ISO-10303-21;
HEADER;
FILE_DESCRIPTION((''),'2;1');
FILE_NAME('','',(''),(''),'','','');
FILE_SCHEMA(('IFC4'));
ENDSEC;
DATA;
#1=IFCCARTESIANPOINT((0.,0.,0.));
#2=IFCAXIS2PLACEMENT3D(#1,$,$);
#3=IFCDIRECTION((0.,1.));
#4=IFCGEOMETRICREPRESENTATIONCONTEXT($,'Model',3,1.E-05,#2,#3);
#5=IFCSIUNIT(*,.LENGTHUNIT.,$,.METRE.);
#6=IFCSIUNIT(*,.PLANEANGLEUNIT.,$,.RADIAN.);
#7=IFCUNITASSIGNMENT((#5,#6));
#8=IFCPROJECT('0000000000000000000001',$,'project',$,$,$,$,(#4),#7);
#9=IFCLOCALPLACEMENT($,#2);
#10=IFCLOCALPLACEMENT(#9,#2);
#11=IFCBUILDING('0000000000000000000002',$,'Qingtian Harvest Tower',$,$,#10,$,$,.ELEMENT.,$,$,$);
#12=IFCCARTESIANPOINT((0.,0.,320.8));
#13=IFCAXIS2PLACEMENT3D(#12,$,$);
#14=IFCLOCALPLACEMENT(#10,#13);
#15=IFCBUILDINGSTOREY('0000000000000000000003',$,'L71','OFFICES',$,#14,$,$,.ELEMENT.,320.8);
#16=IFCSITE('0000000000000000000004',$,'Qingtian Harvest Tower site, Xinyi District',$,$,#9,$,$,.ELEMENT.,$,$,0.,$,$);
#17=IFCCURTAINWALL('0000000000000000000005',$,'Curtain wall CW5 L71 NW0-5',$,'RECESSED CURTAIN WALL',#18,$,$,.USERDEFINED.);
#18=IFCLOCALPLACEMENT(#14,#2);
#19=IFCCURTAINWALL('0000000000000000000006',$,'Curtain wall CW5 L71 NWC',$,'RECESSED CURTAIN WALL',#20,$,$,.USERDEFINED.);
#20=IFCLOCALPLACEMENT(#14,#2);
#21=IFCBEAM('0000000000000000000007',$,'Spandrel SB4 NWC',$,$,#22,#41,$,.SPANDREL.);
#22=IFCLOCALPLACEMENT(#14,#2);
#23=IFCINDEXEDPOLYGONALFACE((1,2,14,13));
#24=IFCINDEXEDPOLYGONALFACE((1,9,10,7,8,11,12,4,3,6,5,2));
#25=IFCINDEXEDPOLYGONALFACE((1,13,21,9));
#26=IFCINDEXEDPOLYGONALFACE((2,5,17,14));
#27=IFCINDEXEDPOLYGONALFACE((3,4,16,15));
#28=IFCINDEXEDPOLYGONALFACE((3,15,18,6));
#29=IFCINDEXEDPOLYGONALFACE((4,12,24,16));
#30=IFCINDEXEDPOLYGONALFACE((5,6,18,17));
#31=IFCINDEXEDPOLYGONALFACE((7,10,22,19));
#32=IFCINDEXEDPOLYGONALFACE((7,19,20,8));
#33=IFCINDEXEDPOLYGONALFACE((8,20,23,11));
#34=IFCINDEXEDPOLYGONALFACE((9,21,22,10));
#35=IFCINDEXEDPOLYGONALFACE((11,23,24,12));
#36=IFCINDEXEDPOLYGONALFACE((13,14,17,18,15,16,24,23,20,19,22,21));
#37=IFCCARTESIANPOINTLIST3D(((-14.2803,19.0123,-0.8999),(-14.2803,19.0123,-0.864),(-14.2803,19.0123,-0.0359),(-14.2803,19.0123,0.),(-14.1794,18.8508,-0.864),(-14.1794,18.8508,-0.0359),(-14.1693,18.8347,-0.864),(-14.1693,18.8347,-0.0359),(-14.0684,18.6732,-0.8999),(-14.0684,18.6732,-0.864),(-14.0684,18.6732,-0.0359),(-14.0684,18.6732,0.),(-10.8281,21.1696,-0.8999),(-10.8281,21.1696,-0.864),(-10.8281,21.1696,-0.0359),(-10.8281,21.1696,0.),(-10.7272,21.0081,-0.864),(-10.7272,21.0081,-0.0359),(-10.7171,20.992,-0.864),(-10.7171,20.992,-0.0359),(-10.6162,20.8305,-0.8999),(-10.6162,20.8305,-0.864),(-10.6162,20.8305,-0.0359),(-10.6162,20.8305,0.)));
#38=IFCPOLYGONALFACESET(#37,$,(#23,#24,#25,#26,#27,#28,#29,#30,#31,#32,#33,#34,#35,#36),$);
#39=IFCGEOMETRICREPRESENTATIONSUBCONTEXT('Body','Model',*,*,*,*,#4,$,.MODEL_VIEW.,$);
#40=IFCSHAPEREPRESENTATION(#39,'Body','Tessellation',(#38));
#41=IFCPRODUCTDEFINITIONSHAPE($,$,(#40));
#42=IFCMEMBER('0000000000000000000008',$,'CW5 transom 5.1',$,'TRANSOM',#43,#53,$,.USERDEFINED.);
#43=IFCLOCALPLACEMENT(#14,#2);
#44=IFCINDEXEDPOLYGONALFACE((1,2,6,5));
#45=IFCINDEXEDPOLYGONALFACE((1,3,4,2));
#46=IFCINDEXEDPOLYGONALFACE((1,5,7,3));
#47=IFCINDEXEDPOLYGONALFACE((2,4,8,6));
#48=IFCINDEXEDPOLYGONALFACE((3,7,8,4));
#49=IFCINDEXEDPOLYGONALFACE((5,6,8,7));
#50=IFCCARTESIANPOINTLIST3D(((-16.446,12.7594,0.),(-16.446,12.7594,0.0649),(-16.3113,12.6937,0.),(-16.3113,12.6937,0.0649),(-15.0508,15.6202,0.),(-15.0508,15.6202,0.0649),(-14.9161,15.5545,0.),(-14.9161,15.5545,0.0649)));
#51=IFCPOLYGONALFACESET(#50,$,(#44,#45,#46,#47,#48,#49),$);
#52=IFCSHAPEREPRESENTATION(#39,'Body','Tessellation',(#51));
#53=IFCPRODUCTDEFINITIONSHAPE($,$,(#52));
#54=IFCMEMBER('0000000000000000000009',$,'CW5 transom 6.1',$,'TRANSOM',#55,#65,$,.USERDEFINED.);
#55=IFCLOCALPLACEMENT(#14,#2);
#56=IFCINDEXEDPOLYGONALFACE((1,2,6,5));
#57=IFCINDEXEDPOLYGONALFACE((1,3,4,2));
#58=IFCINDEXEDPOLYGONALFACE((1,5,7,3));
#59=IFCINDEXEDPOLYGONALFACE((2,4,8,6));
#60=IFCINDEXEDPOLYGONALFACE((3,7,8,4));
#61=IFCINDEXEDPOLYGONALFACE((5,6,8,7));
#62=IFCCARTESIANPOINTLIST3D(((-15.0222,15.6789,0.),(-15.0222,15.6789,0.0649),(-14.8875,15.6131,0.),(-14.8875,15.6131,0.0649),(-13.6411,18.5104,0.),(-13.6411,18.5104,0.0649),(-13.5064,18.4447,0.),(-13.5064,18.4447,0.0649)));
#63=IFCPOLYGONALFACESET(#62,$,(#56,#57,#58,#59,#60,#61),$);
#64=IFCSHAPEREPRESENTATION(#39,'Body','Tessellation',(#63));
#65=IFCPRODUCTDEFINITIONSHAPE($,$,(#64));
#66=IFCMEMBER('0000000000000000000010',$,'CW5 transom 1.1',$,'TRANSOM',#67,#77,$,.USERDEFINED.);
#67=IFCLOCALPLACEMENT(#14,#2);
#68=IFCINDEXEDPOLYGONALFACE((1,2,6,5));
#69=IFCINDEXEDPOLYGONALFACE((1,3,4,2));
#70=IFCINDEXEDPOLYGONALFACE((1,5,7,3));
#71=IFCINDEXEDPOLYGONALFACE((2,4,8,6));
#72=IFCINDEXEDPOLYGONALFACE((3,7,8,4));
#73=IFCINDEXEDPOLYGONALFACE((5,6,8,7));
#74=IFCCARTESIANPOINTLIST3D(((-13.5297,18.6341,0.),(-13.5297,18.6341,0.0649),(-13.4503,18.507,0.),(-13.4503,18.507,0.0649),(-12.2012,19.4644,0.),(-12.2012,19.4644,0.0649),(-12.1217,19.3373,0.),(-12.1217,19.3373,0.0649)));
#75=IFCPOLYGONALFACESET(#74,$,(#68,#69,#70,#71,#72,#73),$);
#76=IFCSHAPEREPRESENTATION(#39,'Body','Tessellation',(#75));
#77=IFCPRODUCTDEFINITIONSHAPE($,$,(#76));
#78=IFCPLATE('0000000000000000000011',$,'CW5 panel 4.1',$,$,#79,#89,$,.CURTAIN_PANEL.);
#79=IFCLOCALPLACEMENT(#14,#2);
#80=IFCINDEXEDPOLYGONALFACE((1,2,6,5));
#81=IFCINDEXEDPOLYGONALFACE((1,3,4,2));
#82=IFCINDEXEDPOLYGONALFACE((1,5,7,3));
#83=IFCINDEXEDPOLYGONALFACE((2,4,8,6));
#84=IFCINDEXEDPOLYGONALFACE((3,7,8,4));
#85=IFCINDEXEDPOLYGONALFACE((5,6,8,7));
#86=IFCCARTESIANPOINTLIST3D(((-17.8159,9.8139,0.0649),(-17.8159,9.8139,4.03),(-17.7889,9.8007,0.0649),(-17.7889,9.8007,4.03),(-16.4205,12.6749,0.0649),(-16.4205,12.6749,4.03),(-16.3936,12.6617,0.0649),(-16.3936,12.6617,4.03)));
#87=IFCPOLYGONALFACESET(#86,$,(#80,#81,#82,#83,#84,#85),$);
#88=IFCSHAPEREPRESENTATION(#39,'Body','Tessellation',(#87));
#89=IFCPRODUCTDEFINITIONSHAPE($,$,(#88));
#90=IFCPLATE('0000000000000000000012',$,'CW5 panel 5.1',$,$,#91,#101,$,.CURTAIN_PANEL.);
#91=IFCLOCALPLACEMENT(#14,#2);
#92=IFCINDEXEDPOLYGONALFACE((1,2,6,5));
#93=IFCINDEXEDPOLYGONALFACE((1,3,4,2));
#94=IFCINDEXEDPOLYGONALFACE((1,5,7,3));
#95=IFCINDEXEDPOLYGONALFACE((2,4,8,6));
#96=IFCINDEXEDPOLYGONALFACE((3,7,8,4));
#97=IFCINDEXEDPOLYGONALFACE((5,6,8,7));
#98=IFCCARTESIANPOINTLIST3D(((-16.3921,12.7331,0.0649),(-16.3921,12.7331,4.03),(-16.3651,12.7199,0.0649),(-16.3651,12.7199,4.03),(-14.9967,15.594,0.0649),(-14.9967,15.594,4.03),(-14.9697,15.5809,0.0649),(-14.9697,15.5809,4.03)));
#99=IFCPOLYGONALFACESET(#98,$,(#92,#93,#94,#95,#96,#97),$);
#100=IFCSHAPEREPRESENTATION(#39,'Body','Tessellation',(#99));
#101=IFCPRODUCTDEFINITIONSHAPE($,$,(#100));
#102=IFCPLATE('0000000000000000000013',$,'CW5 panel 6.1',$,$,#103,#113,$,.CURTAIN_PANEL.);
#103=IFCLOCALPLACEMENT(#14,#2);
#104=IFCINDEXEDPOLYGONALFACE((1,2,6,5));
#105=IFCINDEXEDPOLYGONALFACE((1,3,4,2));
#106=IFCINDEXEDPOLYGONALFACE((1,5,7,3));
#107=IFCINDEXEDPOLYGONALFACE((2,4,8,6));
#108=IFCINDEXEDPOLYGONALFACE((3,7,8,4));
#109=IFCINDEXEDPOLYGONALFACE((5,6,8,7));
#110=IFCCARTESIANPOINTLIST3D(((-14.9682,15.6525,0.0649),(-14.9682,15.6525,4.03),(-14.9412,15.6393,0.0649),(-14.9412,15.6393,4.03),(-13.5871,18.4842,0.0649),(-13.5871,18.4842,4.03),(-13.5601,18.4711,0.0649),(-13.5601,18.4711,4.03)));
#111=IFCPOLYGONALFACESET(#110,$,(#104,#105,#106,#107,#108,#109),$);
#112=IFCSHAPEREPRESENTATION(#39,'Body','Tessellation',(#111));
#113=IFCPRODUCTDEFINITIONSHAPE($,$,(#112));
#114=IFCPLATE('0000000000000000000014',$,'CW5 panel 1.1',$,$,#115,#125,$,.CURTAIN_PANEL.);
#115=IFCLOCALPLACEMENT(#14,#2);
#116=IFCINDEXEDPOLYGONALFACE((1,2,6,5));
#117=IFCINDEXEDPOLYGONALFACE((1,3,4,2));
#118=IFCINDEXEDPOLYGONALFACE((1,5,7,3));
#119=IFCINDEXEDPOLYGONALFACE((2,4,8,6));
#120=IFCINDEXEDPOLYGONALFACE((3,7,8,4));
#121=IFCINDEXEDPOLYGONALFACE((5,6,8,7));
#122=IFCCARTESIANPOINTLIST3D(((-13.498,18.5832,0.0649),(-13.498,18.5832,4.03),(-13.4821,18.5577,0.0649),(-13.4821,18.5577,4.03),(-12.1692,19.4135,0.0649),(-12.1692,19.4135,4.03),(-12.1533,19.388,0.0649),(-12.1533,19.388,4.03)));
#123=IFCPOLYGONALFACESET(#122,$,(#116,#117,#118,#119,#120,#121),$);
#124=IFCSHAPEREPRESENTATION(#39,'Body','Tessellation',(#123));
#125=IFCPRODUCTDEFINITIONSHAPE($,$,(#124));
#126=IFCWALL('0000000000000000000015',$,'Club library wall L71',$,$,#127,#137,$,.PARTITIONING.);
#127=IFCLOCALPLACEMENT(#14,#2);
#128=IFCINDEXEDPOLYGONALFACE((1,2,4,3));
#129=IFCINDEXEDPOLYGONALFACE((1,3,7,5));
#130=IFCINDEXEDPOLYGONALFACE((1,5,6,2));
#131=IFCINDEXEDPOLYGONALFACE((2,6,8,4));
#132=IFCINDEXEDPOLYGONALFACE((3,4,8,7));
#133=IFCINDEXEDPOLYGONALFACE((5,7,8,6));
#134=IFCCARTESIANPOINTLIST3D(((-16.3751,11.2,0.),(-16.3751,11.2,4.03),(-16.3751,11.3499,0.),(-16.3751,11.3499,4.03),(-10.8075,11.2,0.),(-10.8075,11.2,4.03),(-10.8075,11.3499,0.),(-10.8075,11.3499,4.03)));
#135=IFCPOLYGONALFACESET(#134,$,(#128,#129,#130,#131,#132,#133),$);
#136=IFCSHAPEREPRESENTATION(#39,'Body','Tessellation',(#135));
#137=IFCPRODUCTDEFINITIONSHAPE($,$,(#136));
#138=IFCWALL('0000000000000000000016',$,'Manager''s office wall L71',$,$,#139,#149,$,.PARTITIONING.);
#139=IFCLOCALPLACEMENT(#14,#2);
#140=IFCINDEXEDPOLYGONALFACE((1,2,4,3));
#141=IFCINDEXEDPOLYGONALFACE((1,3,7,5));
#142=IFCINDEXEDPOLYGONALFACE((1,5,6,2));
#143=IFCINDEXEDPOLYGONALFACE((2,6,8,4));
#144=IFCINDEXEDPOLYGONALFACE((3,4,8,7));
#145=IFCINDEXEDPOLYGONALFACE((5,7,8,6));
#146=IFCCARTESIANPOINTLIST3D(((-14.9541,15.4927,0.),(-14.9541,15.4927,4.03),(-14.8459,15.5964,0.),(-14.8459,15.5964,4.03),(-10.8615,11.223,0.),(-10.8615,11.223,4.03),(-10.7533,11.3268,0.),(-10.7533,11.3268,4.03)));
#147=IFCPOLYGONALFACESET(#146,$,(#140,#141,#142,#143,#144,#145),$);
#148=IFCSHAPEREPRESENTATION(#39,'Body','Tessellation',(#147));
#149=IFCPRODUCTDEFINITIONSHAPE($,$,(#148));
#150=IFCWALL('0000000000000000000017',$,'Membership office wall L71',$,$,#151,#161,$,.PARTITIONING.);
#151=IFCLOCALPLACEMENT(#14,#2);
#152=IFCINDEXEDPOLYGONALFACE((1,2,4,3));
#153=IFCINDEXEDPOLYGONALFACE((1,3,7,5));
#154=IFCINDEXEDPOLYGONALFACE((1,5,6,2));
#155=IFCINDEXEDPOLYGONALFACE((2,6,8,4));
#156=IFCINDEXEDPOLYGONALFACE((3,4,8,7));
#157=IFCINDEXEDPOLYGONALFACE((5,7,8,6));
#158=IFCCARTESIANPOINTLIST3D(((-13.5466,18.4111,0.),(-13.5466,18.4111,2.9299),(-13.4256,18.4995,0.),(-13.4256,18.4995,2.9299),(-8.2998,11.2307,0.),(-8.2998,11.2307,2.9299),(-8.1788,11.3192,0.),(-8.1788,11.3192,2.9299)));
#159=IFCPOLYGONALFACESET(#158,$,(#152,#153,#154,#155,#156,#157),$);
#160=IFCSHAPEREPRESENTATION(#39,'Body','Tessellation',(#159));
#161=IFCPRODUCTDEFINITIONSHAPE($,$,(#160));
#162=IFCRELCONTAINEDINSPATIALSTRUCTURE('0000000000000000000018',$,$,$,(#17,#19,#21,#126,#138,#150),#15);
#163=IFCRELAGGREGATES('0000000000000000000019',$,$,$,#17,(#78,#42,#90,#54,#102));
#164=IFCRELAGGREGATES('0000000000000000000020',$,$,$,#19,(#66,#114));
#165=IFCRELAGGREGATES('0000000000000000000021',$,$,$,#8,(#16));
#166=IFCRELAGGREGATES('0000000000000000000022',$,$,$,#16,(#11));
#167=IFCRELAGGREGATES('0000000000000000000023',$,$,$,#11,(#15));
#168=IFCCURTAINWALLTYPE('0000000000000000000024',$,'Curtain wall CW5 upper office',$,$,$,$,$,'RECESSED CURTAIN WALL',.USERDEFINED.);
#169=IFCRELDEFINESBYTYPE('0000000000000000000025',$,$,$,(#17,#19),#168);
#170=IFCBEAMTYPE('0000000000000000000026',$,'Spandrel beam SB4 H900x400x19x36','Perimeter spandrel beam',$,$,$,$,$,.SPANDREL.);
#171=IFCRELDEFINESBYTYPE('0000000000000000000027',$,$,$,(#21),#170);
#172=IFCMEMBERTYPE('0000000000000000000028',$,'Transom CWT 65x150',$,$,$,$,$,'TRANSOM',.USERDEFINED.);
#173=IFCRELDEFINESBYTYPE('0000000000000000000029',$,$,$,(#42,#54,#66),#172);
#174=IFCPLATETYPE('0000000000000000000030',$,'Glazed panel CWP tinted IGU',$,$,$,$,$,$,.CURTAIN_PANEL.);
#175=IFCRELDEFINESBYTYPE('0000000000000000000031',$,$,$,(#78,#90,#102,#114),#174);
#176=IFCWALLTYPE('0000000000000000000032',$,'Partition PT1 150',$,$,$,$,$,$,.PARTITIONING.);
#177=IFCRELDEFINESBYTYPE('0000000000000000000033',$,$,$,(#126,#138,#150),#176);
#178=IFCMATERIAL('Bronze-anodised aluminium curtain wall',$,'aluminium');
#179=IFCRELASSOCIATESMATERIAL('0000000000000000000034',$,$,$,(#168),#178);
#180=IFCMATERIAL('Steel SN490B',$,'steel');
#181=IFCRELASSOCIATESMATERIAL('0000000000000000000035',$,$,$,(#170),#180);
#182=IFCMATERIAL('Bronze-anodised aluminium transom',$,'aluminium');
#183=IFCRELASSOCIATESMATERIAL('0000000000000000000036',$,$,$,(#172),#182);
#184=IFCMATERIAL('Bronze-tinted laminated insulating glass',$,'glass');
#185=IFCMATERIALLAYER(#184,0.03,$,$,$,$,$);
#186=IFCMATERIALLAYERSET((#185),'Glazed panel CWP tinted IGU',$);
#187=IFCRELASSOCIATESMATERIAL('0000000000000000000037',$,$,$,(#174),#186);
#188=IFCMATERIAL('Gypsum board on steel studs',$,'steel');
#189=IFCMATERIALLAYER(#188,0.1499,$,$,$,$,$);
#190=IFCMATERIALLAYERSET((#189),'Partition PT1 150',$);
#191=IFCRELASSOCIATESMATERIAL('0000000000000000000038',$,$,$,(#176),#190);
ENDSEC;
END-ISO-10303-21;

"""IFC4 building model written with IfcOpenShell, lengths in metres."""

from ifc_helpers import new_model, si_unit, direction, frame, frame_2d, origin, origin_2d, place, context, subcontext, project, spatial, rectangle, i_section, extrude, material, layer, layer_set, material_profile, profile_set, type_object, element, aggregate, save


model = new_model("IFC4")

# Units and contexts
model_context = context("Model", 3, precision=1e-05, world=origin(), true_north=direction((0.0, 1.0)))
body_context = subcontext(model_context, "Body", "Model", "MODEL_VIEW")
ifc_project = project(units=[si_unit("LENGTHUNIT", "METRE"), si_unit("PLANEANGLEUNIT", "RADIAN")], contexts=[model_context])

# Site, building, storey
site_placement = place(None, origin())
site = spatial("IfcSite", under=ifc_project, at=site_placement, Name="Qingtian Harvest Tower site, Xinyi District", CompositionType="ELEMENT", RefElevation=0.0)
building_placement = place(site_placement, origin())
building = spatial("IfcBuilding", under=site, at=building_placement, Name="Qingtian Harvest Tower", CompositionType="ELEMENT")
storey_placement = place(building_placement, frame((0.0, 0.0, 320.8)))
storey = spatial("IfcBuildingStorey", under=building, at=storey_placement, Name="L71", Description="OFFICES", CompositionType="ELEMENT", Elevation=320.8)

# Curtain walls
ifc_material_1 = material(Name="Bronze-anodised aluminium curtain wall", Category="aluminium")
curtain_wall_type = type_object("IfcCurtainWallType", Name="Curtain wall CW5 upper office", ElementType="RECESSED CURTAIN WALL", PredefinedType="USERDEFINED", material=ifc_material_1)
curtain_wall_1_placement = place(storey_placement, origin())
curtain_wall_1 = element("IfcCurtainWall", 1, at=curtain_wall_1_placement, inside=storey, type_object=curtain_wall_type, Name="Curtain wall CW5 L71 NW0-5", ObjectType="RECESSED CURTAIN WALL", PredefinedType="USERDEFINED")
curtain_wall_2_placement = place(storey_placement, origin())
curtain_wall_2 = element("IfcCurtainWall", 2, at=curtain_wall_2_placement, inside=storey, type_object=curtain_wall_type, Name="Curtain wall CW5 L71 NWC", ObjectType="RECESSED CURTAIN WALL", PredefinedType="USERDEFINED")

# Beam
ifc_material_2 = material(Name="Steel SN490B", Category="steel")
ifc_material_profile_1 = material_profile(ifc_material_2, i_section(OverallWidth=0.3999, OverallDepth=0.8999, WebThickness=0.019, FlangeThickness=0.0359, at=origin_2d()), Name="H900x400x19x36")
ifc_profile_set_1 = profile_set([ifc_material_profile_1], Name="Steel SN490B")
beam_type_1 = type_object("IfcBeamType", Name="Spandrel beam SB4 H900x400x19x36", Description="Perimeter spandrel beam", PredefinedType="SPANDREL", material=ifc_profile_set_1)
beam_1_placement = place(storey_placement, frame((-14.1743, 18.8428, -0.45), z_axis=(0.848039, 0.529934, 0.0), x_axis=(-0.529934, 0.848039, 0.0)))
element("IfcBeam", 3, at=beam_1_placement, inside=storey, type_object=beam_type_1, Name="Spandrel SB4 NWC", PredefinedType="SPANDREL", context=body_context, shape_type="SweptSolid", body=[
    extrude(i_section(OverallWidth=0.3999, OverallDepth=0.8999, WebThickness=0.019, FlangeThickness=0.0359, at=origin_2d()), origin(), (0.0, 0.0, 1.0), 4.0708),
])

# Members
ifc_material_3 = material(Name="Bronze-anodised aluminium transom", Category="aluminium")
ifc_material_profile_2 = material_profile(ifc_material_3, rectangle(XDim=0.1499, YDim=0.0649, at=origin_2d()), Name="AL 65x150")
ifc_profile_set_2 = profile_set([ifc_material_profile_2], Name="Bronze-anodised aluminium transom")
member_type_1 = type_object("IfcMemberType", Name="Transom CWT 65x150", ElementType="TRANSOM", PredefinedType="USERDEFINED", material=ifc_profile_set_2)
member_1_placement = place(storey_placement, frame((-16.3787, 12.7266, 0.0325), z_axis=(0.438356, 0.898802, 0.0), x_axis=(-0.898802, 0.438356, 0.0)))
member_1 = element("IfcMember", 4, at=member_1_placement, type_object=member_type_1, Name="CW5 transom 5.1", ObjectType="TRANSOM", PredefinedType="USERDEFINED", context=body_context, shape_type="SweptSolid", body=[
    extrude(rectangle(XDim=0.1499, YDim=0.0649, at=origin_2d()), origin(), (0.0, 0.0, 1.0), 3.1829),
])
member_2_placement = place(storey_placement, frame((-14.9548, 15.646, 0.0325), z_axis=(0.438389, 0.898786, 0.0), x_axis=(-0.898786, 0.438389, 0.0)))
member_2 = element("IfcMember", 5, at=member_2_placement, type_object=member_type_1, Name="CW5 transom 6.1", ObjectType="TRANSOM", PredefinedType="USERDEFINED", context=body_context, shape_type="SweptSolid", body=[
    extrude(rectangle(XDim=0.1499, YDim=0.0649, at=origin_2d()), origin(), (0.0, 0.0, 1.0), 3.1504),
])
member_3_placement = place(storey_placement, frame((-13.49, 18.5706, 0.0325), z_axis=(0.848016, 0.529971, 0.0), x_axis=(-0.529971, 0.848016, 0.0)))
member_3 = element("IfcMember", 6, at=member_3_placement, type_object=member_type_1, Name="CW5 transom 1.1", ObjectType="TRANSOM", PredefinedType="USERDEFINED", context=body_context, shape_type="SweptSolid", body=[
    extrude(rectangle(XDim=0.1499, YDim=0.0649, at=origin_2d()), origin(), (0.0, 0.0, 1.0), 1.5667),
])

# Plates
ifc_material_4 = material(Name="Bronze-tinted laminated insulating glass", Category="glass")
ifc_layer_1 = layer(ifc_material_4, 0.03)
ifc_layer_set_1 = layer_set([ifc_layer_1], Name="Glazed panel CWP tinted IGU")
plate_type = type_object("IfcPlateType", Name="Glazed panel CWP tinted IGU", PredefinedType="CURTAIN_PANEL", material=ifc_layer_set_1)
plate_1_placement = place(storey_placement, frame((-17.1047, 11.2378, 0.0649), z_axis=(0.0, 0.0, 1.0), x_axis=(0.438371, 0.898794, 0.0)))
plate_1 = element("IfcPlate", 7, at=plate_1_placement, type_object=plate_type, Name="CW5 panel 4.1", PredefinedType="CURTAIN_PANEL", context=body_context, shape_type="SweptSolid", body=[
    extrude(rectangle(XDim=3.1831, YDim=0.03, at=origin_2d()), origin(), (0.0, 0.0, 1.0), 3.9651),
])
plate_2_placement = place(storey_placement, frame((-15.6809, 14.157, 0.0649), z_axis=(0.0, 0.0, 1.0), x_axis=(0.438371, 0.898794, 0.0)))
plate_2 = element("IfcPlate", 8, at=plate_2_placement, type_object=plate_type, Name="CW5 panel 5.1", PredefinedType="CURTAIN_PANEL", context=body_context, shape_type="SweptSolid", body=[
    extrude(rectangle(XDim=3.1831, YDim=0.03, at=origin_2d()), origin(), (0.0, 0.0, 1.0), 3.9651),
])
plate_3_placement = place(storey_placement, frame((-14.2642, 17.0618, 0.0649), z_axis=(0.0, 0.0, 1.0), x_axis=(0.438371, 0.898794, 0.0)))
plate_3 = element("IfcPlate", 9, at=plate_3_placement, type_object=plate_type, Name="CW5 panel 6.1", PredefinedType="CURTAIN_PANEL", context=body_context, shape_type="SweptSolid", body=[
    extrude(rectangle(XDim=3.1506, YDim=0.03, at=origin_2d()), origin(), (0.0, 0.0, 1.0), 3.9651),
])
aggregate(curtain_wall_1, [plate_1, member_1, plate_2, member_2, plate_3])
plate_4_placement = place(storey_placement, frame((-12.8257, 18.9856, 0.0649), z_axis=(0.0, 0.0, 1.0), x_axis=(0.848048, 0.529919, 0.0)))
plate_4 = element("IfcPlate", 10, at=plate_4_placement, type_object=plate_type, Name="CW5 panel 1.1", PredefinedType="CURTAIN_PANEL", context=body_context, shape_type="SweptSolid", body=[
    extrude(rectangle(XDim=1.5669, YDim=0.03, at=origin_2d()), origin(), (0.0, 0.0, 1.0), 3.9651),
])
aggregate(curtain_wall_2, [member_3, plate_4])

# Walls
ifc_material_5 = material(Name="Gypsum board on steel studs", Category="steel")
ifc_layer_2 = layer(ifc_material_5, 0.1499)
ifc_layer_set_2 = layer_set([ifc_layer_2], Name="Partition PT1 150")
wall_type = type_object("IfcWallType", Name="Partition PT1 150", PredefinedType="PARTITIONING", material=ifc_layer_set_2)
wall_1_placement = place(storey_placement, frame((-16.375, 11.2749, 0.0), z_axis=(0.0, 0.0, 1.0), x_axis=(1.0, 0.0, 0.0)))
element("IfcWall", 11, at=wall_1_placement, inside=storey, type_object=wall_type, Name="Club library wall L71", PredefinedType="PARTITIONING", context=body_context, shape_type="SweptSolid", body=[
    extrude(rectangle(XDim=5.5676, YDim=0.1499, at=frame_2d((2.7837, 0.0))), origin(), (0.0, 0.0, 1.0), 4.03),
])
wall_2_placement = place(storey_placement, frame((-14.8999, 15.5444, 0.0), z_axis=(0.0, 0.0, 1.0), x_axis=(0.691984, -0.721913, 0.0)))
element("IfcWall", 12, at=wall_2_placement, inside=storey, type_object=wall_type, Name="Manager's office wall L71", PredefinedType="PARTITIONING", context=body_context, shape_type="SweptSolid", body=[
    extrude(rectangle(XDim=5.9143, YDim=0.1499, at=frame_2d((2.957, 0.0))), origin(), (0.0, 0.0, 1.0), 4.03),
])
wall_3_placement = place(storey_placement, frame((-13.4861, 18.4553, 0.0), z_axis=(0.0, 0.0, 1.0), x_axis=(0.589987, -0.807413, 0.0)))
element("IfcWall", 13, at=wall_3_placement, inside=storey, type_object=wall_type, Name="Membership office wall L71", PredefinedType="PARTITIONING", context=body_context, shape_type="SweptSolid", body=[
    extrude(rectangle(XDim=8.8931, YDim=0.1499, at=frame_2d((4.4465, 0.0))), origin(), (0.0, 0.0, 1.0), 2.9299),
])

save(model, "model.ifc")
